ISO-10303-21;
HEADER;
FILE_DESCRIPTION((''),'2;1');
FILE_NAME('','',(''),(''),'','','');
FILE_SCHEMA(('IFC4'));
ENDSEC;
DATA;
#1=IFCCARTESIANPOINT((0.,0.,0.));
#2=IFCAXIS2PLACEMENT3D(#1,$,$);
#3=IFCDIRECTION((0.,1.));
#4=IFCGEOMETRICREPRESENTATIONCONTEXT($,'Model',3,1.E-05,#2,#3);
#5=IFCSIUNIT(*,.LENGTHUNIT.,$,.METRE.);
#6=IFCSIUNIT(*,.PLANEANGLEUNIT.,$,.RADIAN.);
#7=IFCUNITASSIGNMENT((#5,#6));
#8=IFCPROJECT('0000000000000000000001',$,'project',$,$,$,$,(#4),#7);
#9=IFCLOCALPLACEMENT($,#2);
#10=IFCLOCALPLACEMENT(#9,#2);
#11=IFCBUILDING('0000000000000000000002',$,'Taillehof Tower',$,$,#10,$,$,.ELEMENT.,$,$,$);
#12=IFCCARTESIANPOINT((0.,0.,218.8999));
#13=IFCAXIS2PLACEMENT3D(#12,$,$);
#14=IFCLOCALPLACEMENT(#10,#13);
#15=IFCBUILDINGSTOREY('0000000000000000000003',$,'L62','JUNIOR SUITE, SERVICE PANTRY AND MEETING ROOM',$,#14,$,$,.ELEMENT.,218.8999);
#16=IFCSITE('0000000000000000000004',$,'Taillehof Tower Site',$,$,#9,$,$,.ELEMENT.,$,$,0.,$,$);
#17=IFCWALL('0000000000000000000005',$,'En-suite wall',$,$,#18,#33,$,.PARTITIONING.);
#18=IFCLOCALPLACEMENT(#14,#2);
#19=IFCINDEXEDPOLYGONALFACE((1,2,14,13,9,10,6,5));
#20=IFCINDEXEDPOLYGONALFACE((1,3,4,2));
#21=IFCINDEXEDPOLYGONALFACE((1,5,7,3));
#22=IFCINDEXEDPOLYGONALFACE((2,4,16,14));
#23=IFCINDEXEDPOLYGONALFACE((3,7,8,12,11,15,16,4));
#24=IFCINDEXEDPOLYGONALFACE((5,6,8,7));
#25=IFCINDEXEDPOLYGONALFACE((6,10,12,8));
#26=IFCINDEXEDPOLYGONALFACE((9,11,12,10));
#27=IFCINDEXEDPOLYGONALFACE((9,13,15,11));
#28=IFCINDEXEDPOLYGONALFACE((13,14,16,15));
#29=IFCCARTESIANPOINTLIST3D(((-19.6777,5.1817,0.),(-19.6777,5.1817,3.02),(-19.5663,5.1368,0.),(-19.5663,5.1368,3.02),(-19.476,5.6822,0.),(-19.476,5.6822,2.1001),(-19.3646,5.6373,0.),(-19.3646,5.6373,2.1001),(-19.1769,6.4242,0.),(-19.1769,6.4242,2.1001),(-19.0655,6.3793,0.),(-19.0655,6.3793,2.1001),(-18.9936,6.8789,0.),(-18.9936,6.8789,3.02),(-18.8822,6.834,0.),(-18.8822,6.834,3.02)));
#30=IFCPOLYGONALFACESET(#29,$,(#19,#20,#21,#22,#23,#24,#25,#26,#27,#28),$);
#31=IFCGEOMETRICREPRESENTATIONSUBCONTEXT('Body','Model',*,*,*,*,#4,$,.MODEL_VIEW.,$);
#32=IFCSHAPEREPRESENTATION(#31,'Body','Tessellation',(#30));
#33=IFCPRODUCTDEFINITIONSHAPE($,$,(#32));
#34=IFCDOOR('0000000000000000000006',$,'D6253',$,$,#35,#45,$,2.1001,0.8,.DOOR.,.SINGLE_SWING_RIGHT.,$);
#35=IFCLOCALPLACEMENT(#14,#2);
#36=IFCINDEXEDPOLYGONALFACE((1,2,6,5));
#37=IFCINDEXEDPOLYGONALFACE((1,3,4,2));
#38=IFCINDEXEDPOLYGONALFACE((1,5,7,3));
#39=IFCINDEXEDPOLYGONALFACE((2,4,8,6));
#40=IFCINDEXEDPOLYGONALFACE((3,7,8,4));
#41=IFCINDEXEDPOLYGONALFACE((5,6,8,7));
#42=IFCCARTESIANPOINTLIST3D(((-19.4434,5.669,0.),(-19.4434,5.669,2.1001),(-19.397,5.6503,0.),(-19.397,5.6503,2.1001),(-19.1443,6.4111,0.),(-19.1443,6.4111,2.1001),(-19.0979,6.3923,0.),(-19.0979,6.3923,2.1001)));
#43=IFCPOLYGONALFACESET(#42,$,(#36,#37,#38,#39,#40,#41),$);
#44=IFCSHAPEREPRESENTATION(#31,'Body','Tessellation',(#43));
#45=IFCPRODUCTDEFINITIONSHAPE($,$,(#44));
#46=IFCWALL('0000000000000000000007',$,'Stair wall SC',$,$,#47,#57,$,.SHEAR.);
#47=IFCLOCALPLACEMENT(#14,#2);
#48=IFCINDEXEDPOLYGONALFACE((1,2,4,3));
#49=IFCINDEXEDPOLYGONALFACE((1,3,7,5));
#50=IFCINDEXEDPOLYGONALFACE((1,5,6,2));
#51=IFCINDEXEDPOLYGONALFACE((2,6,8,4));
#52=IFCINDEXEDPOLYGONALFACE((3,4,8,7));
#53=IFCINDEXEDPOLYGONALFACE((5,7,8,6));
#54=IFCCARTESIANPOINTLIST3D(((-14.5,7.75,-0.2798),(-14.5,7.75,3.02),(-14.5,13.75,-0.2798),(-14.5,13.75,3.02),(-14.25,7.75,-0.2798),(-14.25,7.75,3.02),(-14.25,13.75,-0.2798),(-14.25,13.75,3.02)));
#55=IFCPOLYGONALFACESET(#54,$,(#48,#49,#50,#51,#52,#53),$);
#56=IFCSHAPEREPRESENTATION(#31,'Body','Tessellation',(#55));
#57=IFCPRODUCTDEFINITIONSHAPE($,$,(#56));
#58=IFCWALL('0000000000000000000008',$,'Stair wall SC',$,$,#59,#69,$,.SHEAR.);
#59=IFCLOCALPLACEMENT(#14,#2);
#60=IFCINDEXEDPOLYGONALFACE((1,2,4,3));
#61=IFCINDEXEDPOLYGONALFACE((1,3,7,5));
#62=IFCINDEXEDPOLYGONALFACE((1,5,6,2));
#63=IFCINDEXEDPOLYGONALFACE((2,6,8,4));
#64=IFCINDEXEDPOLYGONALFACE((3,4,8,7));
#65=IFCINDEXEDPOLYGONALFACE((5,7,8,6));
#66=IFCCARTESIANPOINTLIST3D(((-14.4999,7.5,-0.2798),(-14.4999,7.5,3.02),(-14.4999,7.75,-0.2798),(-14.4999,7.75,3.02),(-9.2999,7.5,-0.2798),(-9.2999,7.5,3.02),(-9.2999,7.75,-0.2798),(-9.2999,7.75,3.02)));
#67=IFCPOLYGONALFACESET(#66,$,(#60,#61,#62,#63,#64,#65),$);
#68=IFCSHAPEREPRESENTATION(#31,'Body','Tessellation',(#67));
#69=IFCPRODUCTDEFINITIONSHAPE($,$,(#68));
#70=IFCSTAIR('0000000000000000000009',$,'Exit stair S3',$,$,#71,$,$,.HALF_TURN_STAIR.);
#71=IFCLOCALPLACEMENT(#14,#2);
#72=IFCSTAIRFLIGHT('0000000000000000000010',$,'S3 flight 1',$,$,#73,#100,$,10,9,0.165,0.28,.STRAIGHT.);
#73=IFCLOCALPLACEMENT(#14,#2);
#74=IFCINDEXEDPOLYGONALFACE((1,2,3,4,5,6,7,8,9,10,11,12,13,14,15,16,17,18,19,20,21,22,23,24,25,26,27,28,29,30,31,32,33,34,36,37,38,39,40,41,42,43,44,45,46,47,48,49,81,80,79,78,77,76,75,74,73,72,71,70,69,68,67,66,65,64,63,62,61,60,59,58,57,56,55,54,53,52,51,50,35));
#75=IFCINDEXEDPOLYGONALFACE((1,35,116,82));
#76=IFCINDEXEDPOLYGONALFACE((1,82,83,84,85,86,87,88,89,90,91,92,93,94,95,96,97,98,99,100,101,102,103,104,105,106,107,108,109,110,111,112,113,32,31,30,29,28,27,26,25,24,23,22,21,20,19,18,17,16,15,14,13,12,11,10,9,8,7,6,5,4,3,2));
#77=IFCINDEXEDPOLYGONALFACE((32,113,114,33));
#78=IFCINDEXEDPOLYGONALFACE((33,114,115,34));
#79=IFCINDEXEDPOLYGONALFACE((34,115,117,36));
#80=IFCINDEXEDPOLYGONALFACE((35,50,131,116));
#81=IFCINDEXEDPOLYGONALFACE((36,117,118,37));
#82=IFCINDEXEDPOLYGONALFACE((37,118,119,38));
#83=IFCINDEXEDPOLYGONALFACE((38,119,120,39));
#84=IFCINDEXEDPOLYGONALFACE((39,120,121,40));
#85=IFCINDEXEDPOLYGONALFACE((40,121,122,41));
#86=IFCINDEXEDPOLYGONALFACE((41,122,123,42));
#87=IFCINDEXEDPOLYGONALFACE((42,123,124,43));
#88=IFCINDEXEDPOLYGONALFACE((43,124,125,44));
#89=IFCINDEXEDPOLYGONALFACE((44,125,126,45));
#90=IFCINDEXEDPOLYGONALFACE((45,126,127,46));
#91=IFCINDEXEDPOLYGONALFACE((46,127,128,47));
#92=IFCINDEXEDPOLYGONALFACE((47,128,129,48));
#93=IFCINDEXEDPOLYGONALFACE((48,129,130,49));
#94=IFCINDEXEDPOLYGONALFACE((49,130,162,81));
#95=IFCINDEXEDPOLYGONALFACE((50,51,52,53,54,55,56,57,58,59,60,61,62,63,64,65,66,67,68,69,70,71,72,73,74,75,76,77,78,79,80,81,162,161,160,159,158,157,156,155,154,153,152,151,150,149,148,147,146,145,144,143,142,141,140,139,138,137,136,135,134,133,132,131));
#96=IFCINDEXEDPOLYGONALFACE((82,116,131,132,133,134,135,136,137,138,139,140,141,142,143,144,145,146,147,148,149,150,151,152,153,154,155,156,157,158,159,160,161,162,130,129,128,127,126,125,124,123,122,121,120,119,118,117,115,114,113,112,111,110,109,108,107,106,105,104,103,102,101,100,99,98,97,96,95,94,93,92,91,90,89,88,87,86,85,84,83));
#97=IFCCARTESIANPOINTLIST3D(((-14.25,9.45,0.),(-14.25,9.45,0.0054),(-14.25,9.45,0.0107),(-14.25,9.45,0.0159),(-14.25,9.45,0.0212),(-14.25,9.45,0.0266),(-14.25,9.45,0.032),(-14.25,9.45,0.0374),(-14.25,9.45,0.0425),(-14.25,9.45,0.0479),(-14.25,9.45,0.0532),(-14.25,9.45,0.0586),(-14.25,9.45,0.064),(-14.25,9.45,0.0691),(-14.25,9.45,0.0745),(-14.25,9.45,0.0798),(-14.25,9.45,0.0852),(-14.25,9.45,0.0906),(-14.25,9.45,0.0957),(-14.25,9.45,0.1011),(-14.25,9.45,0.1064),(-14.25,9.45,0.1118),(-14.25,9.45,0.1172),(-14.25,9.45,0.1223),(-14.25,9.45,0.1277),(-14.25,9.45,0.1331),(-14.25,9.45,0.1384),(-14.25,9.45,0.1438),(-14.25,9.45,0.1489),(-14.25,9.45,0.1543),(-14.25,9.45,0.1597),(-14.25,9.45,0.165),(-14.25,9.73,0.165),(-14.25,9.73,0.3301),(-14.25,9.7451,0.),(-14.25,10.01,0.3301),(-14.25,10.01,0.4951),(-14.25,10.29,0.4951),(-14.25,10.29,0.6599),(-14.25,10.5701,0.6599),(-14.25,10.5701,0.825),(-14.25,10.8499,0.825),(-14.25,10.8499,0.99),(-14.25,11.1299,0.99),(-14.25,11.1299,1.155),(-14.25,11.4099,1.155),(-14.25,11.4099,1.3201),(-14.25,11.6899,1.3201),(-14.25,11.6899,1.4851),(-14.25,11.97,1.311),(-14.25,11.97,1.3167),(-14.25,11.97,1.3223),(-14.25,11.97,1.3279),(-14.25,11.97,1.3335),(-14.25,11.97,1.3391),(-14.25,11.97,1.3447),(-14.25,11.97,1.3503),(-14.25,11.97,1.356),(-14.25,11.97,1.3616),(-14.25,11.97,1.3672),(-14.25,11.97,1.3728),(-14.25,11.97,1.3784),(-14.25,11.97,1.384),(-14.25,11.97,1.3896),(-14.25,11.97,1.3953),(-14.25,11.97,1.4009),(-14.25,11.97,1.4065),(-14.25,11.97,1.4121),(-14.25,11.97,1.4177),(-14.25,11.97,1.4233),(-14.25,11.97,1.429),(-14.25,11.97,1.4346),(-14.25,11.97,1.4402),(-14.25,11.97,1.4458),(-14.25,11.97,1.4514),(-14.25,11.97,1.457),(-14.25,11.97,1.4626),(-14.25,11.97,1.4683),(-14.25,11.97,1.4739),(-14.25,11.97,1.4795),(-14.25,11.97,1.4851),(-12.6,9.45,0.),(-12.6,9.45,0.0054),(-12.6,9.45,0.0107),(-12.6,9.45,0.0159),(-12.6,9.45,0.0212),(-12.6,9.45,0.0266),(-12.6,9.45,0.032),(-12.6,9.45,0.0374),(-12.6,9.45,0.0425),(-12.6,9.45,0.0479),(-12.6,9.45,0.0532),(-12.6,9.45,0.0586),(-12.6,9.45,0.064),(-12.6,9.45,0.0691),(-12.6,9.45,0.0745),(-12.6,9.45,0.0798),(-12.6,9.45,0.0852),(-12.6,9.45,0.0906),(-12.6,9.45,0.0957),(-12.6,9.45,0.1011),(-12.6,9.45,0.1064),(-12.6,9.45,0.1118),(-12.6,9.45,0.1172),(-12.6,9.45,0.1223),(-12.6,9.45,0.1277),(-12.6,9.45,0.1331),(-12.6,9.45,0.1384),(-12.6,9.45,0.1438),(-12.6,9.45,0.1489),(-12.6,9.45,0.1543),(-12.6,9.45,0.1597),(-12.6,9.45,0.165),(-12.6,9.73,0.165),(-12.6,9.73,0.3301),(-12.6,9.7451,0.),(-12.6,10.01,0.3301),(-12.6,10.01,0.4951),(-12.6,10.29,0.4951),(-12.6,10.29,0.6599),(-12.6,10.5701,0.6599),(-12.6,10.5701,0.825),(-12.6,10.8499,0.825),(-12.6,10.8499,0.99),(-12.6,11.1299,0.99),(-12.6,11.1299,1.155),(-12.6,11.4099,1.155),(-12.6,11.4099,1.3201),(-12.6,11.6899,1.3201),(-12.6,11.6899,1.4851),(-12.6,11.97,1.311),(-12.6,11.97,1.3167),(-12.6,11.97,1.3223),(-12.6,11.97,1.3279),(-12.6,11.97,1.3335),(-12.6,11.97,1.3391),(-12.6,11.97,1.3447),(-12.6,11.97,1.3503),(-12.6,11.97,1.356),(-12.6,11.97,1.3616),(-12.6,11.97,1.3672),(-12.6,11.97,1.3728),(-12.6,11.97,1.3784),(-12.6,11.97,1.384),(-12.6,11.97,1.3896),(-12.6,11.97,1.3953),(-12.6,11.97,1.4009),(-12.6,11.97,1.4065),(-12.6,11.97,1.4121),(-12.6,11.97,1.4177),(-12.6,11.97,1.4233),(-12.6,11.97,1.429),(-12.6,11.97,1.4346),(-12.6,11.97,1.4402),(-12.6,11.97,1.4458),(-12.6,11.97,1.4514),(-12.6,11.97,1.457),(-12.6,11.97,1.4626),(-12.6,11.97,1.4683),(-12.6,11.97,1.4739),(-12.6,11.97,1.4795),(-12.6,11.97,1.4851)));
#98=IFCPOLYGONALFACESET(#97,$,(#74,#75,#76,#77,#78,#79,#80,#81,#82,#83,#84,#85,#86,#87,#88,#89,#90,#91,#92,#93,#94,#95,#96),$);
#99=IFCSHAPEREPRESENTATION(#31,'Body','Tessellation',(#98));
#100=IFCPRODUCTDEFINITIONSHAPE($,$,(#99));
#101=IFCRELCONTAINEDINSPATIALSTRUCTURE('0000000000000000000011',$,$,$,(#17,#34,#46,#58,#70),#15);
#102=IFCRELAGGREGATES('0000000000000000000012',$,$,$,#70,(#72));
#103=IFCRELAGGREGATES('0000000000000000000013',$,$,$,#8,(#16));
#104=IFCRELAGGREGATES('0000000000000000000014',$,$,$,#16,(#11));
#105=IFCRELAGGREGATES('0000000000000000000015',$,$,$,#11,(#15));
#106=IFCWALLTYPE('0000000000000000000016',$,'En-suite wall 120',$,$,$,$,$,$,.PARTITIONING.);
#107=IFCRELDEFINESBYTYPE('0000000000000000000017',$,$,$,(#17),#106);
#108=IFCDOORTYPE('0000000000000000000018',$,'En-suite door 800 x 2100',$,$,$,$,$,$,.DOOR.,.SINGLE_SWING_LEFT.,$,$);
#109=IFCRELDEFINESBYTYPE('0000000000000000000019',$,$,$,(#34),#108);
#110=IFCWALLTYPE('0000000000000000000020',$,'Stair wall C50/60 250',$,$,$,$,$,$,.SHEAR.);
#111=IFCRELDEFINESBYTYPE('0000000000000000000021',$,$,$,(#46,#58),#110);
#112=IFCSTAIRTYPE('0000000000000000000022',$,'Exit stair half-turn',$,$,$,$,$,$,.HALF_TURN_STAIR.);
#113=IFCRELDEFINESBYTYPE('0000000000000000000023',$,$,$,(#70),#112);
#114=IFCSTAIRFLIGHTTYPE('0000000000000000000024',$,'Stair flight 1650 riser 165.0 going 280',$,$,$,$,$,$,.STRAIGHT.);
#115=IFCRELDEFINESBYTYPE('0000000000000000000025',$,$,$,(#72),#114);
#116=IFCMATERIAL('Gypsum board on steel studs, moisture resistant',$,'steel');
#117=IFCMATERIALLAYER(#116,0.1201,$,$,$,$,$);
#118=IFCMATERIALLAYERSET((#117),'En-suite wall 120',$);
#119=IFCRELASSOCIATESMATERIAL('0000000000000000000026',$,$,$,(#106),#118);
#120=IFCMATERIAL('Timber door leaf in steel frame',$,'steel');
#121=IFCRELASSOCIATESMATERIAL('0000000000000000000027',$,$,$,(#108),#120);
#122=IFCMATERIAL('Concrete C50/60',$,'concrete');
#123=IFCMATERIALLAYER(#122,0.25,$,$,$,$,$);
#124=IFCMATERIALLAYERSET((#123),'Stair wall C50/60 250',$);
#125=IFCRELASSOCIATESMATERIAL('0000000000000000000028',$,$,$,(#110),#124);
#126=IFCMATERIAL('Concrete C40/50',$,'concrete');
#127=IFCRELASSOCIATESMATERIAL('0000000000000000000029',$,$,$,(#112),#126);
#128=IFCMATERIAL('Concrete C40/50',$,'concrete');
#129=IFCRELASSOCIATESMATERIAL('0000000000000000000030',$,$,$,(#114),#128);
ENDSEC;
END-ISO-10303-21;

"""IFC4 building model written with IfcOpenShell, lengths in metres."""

from ifc_helpers import new_model, si_unit, direction, frame, frame_2d, origin, place, context, subcontext, project, spatial, polyline, rectangle, outline, extrude, material, layer, layer_set, type_object, element, fill, aggregate, save


model = new_model("IFC4")

# Units and contexts
model_context = context("Model", 3, precision=1e-05, world=origin(), true_north=direction((0.0, 1.0)))
body_context = subcontext(model_context, "Body", "Model", "MODEL_VIEW")
ifc_project = project(units=[si_unit("LENGTHUNIT", "METRE"), si_unit("PLANEANGLEUNIT", "RADIAN")], contexts=[model_context])

# Site, building, storey
site_placement = place(None, origin())
site = spatial("IfcSite", under=ifc_project, at=site_placement, Name="Taillehof Tower Site", CompositionType="ELEMENT", RefElevation=0.0)
building_placement = place(site_placement, origin())
building = spatial("IfcBuilding", under=site, at=building_placement, Name="Taillehof Tower", CompositionType="ELEMENT")
storey_placement = place(building_placement, frame((0.0, 0.0, 218.8999)))
storey = spatial("IfcBuildingStorey", under=building, at=storey_placement, Name="L62", Description="JUNIOR SUITE, SERVICE PANTRY AND MEETING ROOM", CompositionType="ELEMENT", Elevation=218.8999)

# Shared definitions
ifc_material_1 = material(Name="Gypsum board on steel studs, moisture resistant", Category="steel")
ifc_layer_1 = layer(ifc_material_1, 0.1201)
ifc_layer_set_1 = layer_set([ifc_layer_1], Name="En-suite wall 120")
wall_type_1 = type_object("IfcWallType", Name="En-suite wall 120", PredefinedType="PARTITIONING", material=ifc_layer_set_1)

# Wall, opening, door
wall_1_placement = place(storey_placement, frame((-19.6221, 5.1592, 0.0), z_axis=(0.0, 0.0, 1.0), x_axis=(0.373874, 0.92748, 0.0)))
wall_1 = element("IfcWall", 1, at=wall_1_placement, inside=storey, type_object=wall_type_1, Name="En-suite wall", PredefinedType="PARTITIONING", context=body_context, shape_type="SweptSolid", body=[
    extrude(rectangle(XDim=1.8298, YDim=0.1201, at=frame_2d((0.915, 0.0))), origin(), (0.0, 0.0, 1.0), 3.02),
])
opening_1_placement = place(wall_1_placement, frame((0.5398, 0.0, 0.0)))
opening_1 = element("IfcOpeningElement", 2, at=opening_1_placement, cuts=wall_1, PredefinedType="OPENING", context=body_context, shape_type="SweptSolid", body=[
    extrude(rectangle(XDim=0.8, YDim=2.1001, at=frame_2d((0.3999, 1.05))), frame((0.0, 0.0701, 0.0), z_axis=(0.0, -1.0, 0.0), x_axis=(1.0, 0.0, 0.0)), (0.0, 0.0, 1.0), 0.1401),
])
ifc_material_2 = material(Name="Timber door leaf in steel frame", Category="steel")
door_type_1 = type_object("IfcDoorType", Name="En-suite door 800 x 2100", OperationType="SINGLE_SWING_LEFT", PredefinedType="DOOR", material=ifc_material_2)
door_1_placement = place(opening_1_placement, origin())
door_1 = element("IfcDoor", 3, at=door_1_placement, inside=storey, type_object=door_type_1, Name="D6253", OperationType="SINGLE_SWING_RIGHT", OverallHeight=2.1001, OverallWidth=0.8, PredefinedType="DOOR", context=body_context, shape_type="SweptSolid", body=[
    extrude(rectangle(XDim=0.8, YDim=2.1001, at=frame_2d((0.3999, 1.05))), frame((0.0, 0.0249, 0.0), z_axis=(0.0, -1.0, 0.0), x_axis=(1.0, 0.0, 0.0)), (0.0, 0.0, 1.0), 0.05),
])
fill(opening_1, door_1)

# Walls
ifc_material_3 = material(Name="Concrete C50/60", Category="concrete")
ifc_layer_2 = layer(ifc_material_3, 0.25)
ifc_layer_set_2 = layer_set([ifc_layer_2], Name="Stair wall C50/60 250")
wall_type_2 = type_object("IfcWallType", Name="Stair wall C50/60 250", PredefinedType="SHEAR", material=ifc_layer_set_2)
wall_2_placement = place(storey_placement, frame((-14.375, 7.75, -0.2798), z_axis=(0.0, 0.0, 1.0), x_axis=(0.0, 1.0, 0.0)))
element("IfcWall", 4, at=wall_2_placement, inside=storey, type_object=wall_type_2, Name="Stair wall SC", PredefinedType="SHEAR", context=body_context, shape_type="SweptSolid", body=[
    extrude(rectangle(XDim=6.0, YDim=0.25, at=frame_2d((3.0, 0.0))), origin(), (0.0, 0.0, 1.0), 3.2998),
])
wall_3_placement = place(storey_placement, frame((-14.5, 7.625, -0.2798), z_axis=(0.0, 0.0, 1.0), x_axis=(1.0, 0.0, 0.0)))
element("IfcWall", 5, at=wall_3_placement, inside=storey, type_object=wall_type_2, Name="Stair wall SC", PredefinedType="SHEAR", context=body_context, shape_type="SweptSolid", body=[
    extrude(rectangle(XDim=5.2, YDim=0.25, at=frame_2d((2.6001, 0.0))), origin(), (0.0, 0.0, 1.0), 3.2998),
])

# Stair, stair flight
ifc_material_4 = material(Name="Concrete C40/50", Category="concrete")
stair_type = type_object("IfcStairType", Name="Exit stair half-turn", PredefinedType="HALF_TURN_STAIR", material=ifc_material_4)
stair_placement = place(storey_placement, origin())
stair = element("IfcStair", 6, at=stair_placement, inside=storey, type_object=stair_type, Name="Exit stair S3", PredefinedType="HALF_TURN_STAIR")
ifc_material_5 = material(Name="Concrete C40/50", Category="concrete")
stair_flight_type = type_object("IfcStairFlightType", Name="Stair flight 1650 riser 165.0 going 280", PredefinedType="STRAIGHT", material=ifc_material_5)
stair_flight_placement = place(storey_placement, frame((-13.425, 9.45, 0.0), z_axis=(0.0, 0.0, 1.0), x_axis=(0.0, 1.0, 0.0)))
stair_flight = element("IfcStairFlight", 7, at=stair_flight_placement, type_object=stair_flight_type, Name="S3 flight 1", NumberOfRisers=10, NumberOfTreads=9, PredefinedType="STRAIGHT", RiserHeight=0.165, TreadLength=0.28, context=body_context, shape_type="SweptSolid", body=[
    extrude(outline(polyline([(0.0, 0.0), (0.0, 0.0054), (0.0, 0.0107), (0.0, 0.0159), (0.0, 0.0212), (0.0, 0.0266), (0.0, 0.032), (0.0, 0.0374), (0.0, 0.0425), (0.0, 0.0479), (0.0, 0.0532), (0.0, 0.0586), (0.0, 0.064), (0.0, 0.0691), (0.0, 0.0745), (0.0, 0.0798), (0.0, 0.0852), (0.0, 0.0906), (0.0, 0.0957), (0.0, 0.1011), (0.0, 0.1064), (0.0, 0.1118), (0.0, 0.1172), (0.0, 0.1223), (0.0, 0.1277), (0.0, 0.1331), (0.0, 0.1384), (0.0, 0.1438), (0.0, 0.1489), (0.0, 0.1543), (0.0, 0.1597), (0.0, 0.165), (0.28, 0.165), (0.28, 0.3301), (0.5601, 0.3301), (0.5601, 0.4951), (0.8401, 0.4951), (0.8401, 0.6599), (1.1201, 0.6599), (1.1201, 0.825), (1.3999, 0.825), (1.3999, 0.99), (1.6799, 0.99), (1.6799, 1.155), (1.96, 1.155), (1.96, 1.3201), (2.24, 1.3201), (2.24, 1.4851), (2.52, 1.4851), (2.52, 1.4795), (2.52, 1.4739), (2.52, 1.4683), (2.52, 1.4626), (2.52, 1.457), (2.52, 1.4514), (2.52, 1.4458), (2.52, 1.4402), (2.52, 1.4346), (2.52, 1.429), (2.52, 1.4233), (2.52, 1.4177), (2.52, 1.4121), (2.52, 1.4065), (2.52, 1.4009), (2.52, 1.3953), (2.52, 1.3896), (2.52, 1.384), (2.52, 1.3784), (2.52, 1.3728), (2.52, 1.3672), (2.52, 1.3616), (2.52, 1.356), (2.52, 1.3503), (2.52, 1.3447), (2.52, 1.3391), (2.52, 1.3335), (2.52, 1.3279), (2.52, 1.3223), (2.52, 1.3167), (2.52, 1.311), (0.2952, 0.0), (0.0, 0.0)])), frame((0.0, 0.825, 0.0), z_axis=(0.0, -1.0, 0.0), x_axis=(1.0, 0.0, 0.0)), (0.0, 0.0, 1.0), 1.65),
])
aggregate(stair, [stair_flight])

save(model, "model.ifc")
